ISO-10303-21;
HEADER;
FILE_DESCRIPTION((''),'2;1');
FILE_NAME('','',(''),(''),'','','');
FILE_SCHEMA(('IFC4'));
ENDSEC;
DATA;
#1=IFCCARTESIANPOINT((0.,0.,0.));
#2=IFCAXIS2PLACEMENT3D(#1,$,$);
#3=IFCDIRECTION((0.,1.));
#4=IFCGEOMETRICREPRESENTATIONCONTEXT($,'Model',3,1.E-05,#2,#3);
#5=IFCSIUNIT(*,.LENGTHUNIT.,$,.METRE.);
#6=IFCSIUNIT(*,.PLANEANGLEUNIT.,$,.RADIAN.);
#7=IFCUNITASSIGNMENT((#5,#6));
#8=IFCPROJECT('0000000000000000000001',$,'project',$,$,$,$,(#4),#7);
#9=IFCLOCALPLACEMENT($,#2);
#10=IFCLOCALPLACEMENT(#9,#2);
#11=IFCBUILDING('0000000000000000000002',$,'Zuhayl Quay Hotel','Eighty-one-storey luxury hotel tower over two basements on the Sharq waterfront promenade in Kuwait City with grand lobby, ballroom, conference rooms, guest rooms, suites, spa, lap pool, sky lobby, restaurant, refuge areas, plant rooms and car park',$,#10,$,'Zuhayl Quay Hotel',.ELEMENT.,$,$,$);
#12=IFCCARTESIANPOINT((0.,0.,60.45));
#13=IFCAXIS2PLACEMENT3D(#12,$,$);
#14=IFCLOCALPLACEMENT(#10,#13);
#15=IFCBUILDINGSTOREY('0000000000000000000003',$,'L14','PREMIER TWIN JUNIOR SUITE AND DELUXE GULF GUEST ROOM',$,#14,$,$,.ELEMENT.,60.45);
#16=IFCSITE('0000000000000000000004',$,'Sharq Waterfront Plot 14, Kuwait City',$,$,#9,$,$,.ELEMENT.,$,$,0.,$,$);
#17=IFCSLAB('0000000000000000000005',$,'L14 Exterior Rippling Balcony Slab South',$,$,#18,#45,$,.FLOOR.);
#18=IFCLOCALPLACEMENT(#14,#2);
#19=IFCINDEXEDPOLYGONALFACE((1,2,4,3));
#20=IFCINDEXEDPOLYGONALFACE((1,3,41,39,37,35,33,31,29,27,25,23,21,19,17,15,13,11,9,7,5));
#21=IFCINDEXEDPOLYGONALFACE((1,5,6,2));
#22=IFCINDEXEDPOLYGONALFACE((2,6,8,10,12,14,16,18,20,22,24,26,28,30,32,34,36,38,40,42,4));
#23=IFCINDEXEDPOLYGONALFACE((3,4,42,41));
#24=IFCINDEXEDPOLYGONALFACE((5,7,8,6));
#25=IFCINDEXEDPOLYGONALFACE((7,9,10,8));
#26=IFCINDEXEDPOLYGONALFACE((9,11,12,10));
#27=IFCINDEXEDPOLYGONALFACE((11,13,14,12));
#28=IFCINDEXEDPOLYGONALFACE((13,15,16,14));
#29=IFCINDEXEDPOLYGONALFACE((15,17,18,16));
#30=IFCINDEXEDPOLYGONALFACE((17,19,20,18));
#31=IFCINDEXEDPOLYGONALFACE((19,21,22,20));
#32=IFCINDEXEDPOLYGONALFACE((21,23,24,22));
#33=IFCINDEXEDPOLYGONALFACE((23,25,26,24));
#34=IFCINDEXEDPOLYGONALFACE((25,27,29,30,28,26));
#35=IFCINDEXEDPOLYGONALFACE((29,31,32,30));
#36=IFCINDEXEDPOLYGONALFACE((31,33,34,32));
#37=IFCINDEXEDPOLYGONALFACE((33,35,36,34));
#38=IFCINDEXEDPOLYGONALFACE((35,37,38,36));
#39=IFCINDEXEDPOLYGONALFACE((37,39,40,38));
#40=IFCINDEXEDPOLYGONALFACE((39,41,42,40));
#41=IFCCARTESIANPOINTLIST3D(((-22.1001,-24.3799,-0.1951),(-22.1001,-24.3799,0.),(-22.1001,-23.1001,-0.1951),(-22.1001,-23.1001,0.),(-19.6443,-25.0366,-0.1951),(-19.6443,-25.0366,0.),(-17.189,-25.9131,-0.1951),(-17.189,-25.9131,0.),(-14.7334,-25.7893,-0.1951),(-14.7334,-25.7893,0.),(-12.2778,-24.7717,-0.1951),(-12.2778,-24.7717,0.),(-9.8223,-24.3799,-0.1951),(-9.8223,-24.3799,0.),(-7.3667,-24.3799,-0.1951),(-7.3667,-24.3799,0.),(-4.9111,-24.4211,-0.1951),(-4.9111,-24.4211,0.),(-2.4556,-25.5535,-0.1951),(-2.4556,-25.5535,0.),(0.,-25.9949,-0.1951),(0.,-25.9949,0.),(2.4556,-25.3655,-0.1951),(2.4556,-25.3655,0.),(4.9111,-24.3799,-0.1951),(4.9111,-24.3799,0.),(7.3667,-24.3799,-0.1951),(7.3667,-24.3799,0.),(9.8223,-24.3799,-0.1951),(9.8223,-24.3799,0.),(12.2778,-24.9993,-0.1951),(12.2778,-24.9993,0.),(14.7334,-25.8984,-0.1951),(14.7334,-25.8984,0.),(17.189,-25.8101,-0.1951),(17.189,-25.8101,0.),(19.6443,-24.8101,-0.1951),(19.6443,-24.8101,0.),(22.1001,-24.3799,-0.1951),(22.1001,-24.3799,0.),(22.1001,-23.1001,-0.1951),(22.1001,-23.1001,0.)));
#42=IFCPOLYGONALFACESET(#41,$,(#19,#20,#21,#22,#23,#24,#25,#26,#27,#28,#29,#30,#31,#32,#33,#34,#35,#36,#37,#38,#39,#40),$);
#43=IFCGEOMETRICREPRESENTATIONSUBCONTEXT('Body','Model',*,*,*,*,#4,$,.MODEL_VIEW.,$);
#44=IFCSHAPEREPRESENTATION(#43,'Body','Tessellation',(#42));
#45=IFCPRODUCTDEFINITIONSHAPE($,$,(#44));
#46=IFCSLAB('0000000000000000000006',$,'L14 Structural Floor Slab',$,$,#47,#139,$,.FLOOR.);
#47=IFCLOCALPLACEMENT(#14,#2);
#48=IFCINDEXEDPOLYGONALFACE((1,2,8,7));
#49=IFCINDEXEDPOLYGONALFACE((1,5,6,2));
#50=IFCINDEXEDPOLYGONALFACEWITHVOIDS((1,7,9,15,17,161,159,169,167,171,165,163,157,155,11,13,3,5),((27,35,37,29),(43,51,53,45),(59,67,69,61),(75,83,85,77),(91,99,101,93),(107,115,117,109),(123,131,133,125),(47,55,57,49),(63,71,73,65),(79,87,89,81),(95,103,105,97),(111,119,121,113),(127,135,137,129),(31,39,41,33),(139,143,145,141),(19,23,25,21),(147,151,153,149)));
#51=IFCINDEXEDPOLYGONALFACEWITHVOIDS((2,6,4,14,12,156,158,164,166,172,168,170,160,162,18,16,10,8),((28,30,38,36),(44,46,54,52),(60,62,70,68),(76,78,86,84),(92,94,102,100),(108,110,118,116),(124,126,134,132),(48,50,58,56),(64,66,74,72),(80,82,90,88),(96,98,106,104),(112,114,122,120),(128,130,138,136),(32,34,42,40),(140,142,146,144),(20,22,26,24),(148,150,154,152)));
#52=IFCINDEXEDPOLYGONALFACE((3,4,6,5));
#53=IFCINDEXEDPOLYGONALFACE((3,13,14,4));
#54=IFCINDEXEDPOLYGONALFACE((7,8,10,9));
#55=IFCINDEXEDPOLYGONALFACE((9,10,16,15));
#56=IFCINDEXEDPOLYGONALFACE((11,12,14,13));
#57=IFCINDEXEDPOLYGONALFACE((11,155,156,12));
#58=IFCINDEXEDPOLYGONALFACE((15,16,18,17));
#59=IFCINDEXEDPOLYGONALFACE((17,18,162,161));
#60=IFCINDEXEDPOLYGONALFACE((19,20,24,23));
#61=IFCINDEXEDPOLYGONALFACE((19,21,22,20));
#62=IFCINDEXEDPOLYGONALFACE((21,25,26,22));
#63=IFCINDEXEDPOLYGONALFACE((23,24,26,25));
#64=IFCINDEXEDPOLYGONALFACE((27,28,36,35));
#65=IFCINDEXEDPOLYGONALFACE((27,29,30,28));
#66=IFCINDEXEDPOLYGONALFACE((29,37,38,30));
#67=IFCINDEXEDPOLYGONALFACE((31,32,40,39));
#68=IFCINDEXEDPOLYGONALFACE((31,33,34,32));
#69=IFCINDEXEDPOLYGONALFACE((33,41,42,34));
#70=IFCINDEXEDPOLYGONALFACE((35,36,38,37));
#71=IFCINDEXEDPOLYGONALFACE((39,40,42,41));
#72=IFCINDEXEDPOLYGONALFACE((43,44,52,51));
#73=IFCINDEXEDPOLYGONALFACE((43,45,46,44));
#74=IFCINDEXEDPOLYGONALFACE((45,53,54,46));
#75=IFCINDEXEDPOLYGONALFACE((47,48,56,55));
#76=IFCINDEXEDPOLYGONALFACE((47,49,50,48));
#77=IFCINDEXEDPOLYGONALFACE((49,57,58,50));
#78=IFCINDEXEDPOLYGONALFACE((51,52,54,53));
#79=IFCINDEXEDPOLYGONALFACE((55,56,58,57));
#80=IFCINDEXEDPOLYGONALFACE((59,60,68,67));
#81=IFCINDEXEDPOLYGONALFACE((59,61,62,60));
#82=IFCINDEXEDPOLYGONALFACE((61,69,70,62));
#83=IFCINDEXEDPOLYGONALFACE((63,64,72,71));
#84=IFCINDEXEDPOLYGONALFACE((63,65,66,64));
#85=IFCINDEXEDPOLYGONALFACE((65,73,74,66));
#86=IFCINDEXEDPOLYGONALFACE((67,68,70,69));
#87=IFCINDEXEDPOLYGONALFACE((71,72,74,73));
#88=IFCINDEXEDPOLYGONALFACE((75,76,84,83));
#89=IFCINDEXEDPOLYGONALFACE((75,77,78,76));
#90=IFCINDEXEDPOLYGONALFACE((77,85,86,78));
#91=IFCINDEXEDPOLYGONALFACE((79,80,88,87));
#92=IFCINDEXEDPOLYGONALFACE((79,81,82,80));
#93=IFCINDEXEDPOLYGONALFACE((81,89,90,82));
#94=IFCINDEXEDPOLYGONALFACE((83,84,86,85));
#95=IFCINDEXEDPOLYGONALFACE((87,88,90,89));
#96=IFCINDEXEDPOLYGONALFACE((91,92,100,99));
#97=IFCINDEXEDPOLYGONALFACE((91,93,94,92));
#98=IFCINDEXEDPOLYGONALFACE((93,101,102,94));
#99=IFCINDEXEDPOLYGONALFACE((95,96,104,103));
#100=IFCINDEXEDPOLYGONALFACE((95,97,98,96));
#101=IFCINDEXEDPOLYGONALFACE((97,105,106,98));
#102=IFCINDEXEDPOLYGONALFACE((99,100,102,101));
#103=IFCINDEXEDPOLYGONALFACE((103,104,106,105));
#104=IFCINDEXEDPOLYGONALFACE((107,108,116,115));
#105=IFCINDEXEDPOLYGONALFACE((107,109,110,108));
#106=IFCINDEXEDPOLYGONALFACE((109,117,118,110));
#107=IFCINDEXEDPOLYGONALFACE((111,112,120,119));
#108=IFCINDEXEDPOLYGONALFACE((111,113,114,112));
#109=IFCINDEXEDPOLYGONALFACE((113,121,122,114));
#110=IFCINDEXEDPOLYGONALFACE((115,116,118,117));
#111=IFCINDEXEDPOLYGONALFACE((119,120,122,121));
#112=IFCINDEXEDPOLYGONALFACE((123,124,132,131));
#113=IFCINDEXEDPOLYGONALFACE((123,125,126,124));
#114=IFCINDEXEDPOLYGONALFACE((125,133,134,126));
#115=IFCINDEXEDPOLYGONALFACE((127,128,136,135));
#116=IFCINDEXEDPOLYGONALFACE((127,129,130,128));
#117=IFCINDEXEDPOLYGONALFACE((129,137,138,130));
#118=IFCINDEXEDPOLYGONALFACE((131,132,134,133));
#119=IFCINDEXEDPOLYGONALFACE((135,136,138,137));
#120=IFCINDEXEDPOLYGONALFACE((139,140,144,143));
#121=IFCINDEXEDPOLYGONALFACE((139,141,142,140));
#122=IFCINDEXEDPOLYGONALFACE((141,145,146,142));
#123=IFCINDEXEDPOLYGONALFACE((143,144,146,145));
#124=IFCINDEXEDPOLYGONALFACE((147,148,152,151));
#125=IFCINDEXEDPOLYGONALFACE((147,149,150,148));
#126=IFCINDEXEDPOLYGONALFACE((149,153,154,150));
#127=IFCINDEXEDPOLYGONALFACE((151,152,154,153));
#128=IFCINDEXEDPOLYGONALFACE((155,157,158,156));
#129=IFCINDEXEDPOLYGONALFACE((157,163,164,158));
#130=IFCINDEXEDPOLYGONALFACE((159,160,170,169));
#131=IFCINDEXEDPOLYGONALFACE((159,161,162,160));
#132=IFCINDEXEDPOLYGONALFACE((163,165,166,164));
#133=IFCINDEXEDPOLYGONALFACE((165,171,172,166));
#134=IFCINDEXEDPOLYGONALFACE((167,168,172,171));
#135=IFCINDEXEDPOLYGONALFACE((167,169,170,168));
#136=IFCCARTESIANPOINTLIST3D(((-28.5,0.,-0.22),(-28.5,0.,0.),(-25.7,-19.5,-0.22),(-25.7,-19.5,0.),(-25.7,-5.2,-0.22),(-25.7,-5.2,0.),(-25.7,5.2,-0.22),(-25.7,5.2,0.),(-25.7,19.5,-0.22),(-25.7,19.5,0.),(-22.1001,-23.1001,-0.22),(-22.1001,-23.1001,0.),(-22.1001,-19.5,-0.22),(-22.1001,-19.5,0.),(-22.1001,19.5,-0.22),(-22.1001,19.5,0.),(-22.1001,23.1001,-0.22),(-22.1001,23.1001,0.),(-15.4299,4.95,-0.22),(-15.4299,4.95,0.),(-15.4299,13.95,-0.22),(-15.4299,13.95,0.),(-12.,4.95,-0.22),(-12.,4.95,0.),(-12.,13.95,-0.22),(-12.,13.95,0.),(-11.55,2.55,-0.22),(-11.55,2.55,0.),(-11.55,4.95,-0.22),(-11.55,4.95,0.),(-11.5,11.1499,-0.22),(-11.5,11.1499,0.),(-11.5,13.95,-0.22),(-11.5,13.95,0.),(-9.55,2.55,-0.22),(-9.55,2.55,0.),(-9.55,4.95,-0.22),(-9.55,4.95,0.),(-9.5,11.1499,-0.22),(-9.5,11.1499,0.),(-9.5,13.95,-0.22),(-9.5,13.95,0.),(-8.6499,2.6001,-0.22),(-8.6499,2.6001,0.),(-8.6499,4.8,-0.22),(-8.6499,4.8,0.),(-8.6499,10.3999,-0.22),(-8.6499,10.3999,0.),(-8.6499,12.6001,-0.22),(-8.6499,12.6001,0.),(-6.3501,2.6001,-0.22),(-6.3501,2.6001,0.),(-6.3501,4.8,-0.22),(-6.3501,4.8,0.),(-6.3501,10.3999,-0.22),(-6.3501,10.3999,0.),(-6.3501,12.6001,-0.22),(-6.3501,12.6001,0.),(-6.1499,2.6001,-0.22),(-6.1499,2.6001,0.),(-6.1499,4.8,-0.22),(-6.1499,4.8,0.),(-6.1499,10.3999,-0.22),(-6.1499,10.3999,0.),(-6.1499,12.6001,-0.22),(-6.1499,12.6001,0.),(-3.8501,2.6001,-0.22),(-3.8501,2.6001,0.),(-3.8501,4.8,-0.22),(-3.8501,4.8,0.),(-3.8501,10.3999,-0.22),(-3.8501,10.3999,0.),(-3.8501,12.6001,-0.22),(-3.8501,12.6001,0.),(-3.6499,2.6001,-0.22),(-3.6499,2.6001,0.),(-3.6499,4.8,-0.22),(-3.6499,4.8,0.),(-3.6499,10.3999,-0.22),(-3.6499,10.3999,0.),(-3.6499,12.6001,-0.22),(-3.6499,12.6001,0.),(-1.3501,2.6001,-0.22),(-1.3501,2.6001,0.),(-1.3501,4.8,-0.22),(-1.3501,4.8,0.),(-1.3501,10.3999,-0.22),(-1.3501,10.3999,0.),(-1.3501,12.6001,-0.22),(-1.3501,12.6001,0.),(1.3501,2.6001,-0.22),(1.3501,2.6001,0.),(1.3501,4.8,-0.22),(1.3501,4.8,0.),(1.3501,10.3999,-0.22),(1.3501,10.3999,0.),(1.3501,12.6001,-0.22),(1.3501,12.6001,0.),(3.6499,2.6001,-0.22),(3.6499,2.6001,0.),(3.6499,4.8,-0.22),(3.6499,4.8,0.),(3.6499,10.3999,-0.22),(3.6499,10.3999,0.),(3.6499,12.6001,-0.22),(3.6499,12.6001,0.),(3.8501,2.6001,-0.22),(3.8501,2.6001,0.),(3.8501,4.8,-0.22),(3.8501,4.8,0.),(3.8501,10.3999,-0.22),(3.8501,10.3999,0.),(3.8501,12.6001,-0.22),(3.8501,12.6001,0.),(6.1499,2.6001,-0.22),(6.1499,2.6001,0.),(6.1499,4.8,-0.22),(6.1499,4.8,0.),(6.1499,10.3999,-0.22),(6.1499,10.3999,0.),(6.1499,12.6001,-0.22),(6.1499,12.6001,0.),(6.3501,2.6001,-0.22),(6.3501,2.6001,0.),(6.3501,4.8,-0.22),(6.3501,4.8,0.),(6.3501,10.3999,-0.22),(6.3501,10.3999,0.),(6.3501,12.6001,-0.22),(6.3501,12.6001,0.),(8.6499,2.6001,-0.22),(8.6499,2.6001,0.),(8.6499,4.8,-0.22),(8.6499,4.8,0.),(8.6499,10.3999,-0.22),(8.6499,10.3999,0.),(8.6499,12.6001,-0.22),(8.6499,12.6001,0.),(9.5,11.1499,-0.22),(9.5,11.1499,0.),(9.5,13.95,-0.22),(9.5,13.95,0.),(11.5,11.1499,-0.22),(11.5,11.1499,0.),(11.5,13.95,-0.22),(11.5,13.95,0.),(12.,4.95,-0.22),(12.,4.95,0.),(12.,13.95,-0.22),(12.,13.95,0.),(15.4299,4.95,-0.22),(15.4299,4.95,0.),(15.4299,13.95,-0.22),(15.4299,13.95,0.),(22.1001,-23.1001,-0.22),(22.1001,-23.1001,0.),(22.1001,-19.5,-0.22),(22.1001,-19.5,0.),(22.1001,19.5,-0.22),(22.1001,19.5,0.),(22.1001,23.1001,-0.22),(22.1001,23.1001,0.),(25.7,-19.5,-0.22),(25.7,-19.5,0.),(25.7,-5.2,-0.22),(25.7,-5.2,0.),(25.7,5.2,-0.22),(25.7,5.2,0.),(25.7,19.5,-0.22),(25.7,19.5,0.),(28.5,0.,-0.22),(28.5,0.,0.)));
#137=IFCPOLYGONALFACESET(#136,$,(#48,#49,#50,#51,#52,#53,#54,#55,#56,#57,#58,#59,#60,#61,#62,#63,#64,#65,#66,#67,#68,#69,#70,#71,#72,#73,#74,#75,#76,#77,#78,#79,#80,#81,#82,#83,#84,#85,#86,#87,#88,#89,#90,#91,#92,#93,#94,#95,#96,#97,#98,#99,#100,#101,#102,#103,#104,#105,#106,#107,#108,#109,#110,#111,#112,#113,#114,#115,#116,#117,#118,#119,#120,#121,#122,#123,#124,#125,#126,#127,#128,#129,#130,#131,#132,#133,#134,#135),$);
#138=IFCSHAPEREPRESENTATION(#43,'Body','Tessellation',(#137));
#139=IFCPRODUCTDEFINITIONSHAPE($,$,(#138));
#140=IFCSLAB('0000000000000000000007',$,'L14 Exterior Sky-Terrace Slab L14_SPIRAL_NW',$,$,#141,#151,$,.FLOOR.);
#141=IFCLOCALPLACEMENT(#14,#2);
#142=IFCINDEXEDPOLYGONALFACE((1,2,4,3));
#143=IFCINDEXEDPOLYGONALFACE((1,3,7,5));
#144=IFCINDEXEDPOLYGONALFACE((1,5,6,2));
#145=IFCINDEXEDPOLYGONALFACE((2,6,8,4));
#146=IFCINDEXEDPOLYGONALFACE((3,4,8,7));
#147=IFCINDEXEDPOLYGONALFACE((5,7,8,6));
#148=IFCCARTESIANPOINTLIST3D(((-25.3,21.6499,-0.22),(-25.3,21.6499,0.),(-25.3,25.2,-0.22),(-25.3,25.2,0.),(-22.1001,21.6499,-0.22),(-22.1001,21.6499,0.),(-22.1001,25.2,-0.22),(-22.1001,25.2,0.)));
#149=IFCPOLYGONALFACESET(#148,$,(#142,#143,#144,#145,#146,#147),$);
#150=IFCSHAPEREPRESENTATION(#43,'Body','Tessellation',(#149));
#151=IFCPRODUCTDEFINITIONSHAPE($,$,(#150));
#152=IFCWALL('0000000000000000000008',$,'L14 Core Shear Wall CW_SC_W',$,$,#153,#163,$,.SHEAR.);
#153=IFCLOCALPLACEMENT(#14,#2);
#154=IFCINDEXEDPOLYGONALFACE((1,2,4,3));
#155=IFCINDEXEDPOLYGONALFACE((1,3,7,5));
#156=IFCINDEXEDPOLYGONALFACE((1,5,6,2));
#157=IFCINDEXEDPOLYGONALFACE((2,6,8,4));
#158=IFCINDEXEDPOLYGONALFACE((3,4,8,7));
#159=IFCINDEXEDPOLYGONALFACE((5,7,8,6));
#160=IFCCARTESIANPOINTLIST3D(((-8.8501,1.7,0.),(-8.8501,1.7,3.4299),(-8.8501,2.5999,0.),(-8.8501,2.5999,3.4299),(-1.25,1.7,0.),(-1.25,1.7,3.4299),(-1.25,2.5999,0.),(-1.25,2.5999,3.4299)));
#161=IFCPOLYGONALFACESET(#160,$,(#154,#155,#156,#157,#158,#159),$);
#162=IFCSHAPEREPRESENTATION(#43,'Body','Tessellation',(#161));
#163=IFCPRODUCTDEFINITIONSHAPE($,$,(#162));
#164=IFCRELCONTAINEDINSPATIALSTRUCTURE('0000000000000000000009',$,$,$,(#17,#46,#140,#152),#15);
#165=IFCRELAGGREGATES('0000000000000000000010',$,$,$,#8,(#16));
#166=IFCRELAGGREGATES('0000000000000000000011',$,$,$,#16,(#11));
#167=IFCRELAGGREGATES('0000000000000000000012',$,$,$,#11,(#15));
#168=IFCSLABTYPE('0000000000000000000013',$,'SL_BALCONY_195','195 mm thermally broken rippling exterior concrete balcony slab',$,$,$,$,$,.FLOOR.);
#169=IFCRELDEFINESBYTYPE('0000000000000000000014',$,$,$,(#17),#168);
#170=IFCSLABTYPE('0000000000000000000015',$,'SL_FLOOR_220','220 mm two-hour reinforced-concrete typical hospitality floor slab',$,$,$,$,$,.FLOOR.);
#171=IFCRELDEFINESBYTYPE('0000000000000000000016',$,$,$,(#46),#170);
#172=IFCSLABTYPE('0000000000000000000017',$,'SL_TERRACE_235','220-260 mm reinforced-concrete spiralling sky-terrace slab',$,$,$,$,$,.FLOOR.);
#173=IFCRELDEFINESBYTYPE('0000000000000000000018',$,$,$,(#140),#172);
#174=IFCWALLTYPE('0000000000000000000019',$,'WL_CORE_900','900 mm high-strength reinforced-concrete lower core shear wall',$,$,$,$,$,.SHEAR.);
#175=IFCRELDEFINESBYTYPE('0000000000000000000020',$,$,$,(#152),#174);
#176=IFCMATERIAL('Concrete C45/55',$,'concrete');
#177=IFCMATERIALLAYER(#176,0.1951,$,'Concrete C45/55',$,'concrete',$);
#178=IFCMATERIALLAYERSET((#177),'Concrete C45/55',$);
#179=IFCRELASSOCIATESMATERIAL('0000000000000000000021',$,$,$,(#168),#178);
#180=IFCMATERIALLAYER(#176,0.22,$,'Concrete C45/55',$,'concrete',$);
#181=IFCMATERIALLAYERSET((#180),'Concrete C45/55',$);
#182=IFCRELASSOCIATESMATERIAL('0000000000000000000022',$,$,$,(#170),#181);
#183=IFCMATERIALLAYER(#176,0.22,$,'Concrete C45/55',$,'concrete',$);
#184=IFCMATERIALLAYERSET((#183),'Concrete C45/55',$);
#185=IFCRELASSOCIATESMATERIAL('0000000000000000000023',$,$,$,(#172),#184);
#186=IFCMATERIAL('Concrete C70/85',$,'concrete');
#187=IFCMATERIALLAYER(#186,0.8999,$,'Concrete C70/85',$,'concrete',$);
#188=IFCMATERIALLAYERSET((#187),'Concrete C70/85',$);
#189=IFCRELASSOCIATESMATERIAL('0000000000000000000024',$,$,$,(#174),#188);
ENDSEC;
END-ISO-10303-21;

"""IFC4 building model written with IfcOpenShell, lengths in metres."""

from ifc_helpers import new_model, si_unit, direction, frame, frame_2d, origin, place, context, subcontext, project, spatial, polyline, rectangle, outline, extrude, material, layer, layer_set, type_object, element, save


model = new_model("IFC4")

# Units and contexts
model_context = context("Model", 3, precision=1e-05, world=origin(), true_north=direction((0.0, 1.0)))
body_context = subcontext(model_context, "Body", "Model", "MODEL_VIEW")
ifc_project = project(units=[si_unit("LENGTHUNIT", "METRE"), si_unit("PLANEANGLEUNIT", "RADIAN")], contexts=[model_context])

# Site, building, storey
site_placement = place(None, origin())
site = spatial("IfcSite", under=ifc_project, at=site_placement, Name="Sharq Waterfront Plot 14, Kuwait City", CompositionType="ELEMENT", RefElevation=0.0)
building_placement = place(site_placement, origin())
building = spatial("IfcBuilding", under=site, at=building_placement, Name="Zuhayl Quay Hotel", Description="Eighty-one-storey luxury hotel tower over two basements on the Sharq waterfront promenade in Kuwait City with grand lobby, ballroom, conference rooms, guest rooms, suites, spa, lap pool, sky lobby, restaurant, refuge areas, plant rooms and car park", LongName="Zuhayl Quay Hotel", CompositionType="ELEMENT")
storey_placement = place(building_placement, frame((0.0, 0.0, 60.45)))
storey = spatial("IfcBuildingStorey", under=building, at=storey_placement, Name="L14", Description="PREMIER TWIN JUNIOR SUITE AND DELUXE GULF GUEST ROOM", CompositionType="ELEMENT", Elevation=60.45)

# Shared definitions
ifc_material_1 = material(Name="Concrete C70/85", Category="concrete")

# Slabs
ifc_material_2 = material(Name="Concrete C45/55", Category="concrete")
ifc_layer_1 = layer(ifc_material_2, 0.1951, Name="Concrete C45/55", Category="concrete")
ifc_layer_set_1 = layer_set([ifc_layer_1], Name="Concrete C45/55")
slab_type_1 = type_object("IfcSlabType", Name="SL_BALCONY_195", Description="195 mm thermally broken rippling exterior concrete balcony slab", PredefinedType="FLOOR", material=ifc_layer_set_1)
slab_1_placement = place(storey_placement, frame((0.0, 0.0, -0.1951)))
element("IfcSlab", 1, at=slab_1_placement, inside=storey, type_object=slab_type_1, Name="L14 Exterior Rippling Balcony Slab South", PredefinedType="FLOOR", context=body_context, shape_type="SweptSolid", body=[
    extrude(outline(polyline([(-22.1001, -24.3799), (-19.6443, -25.0366), (-17.189, -25.9131), (-14.7334, -25.7893), (-12.2778, -24.7717), (-9.8223, -24.3799), (-7.3667, -24.3799), (-4.9111, -24.4211), (-2.4556, -25.5535), (0.0, -25.9949), (2.4556, -25.3655), (4.9111, -24.3799), (7.3667, -24.3799), (9.8223, -24.3799), (12.2778, -24.9993), (14.7334, -25.8984), (17.189, -25.8101), (19.6443, -24.8101), (22.1001, -24.3799), (22.1001, -23.1001), (-22.1001, -23.1001), (-22.1001, -24.3799)])), origin(), (0.0, 0.0, 1.0), 0.1951),
])
ifc_layer_2 = layer(ifc_material_2, 0.22, Name="Concrete C45/55", Category="concrete")
ifc_layer_set_2 = layer_set([ifc_layer_2], Name="Concrete C45/55")
slab_type_2 = type_object("IfcSlabType", Name="SL_FLOOR_220", Description="220 mm two-hour reinforced-concrete typical hospitality floor slab", PredefinedType="FLOOR", material=ifc_layer_set_2)
slab_2_placement = place(storey_placement, frame((0.0, 0.0, -0.22)))
element("IfcSlab", 2, at=slab_2_placement, inside=storey, type_object=slab_type_2, Name="L14 Structural Floor Slab", PredefinedType="FLOOR", context=body_context, shape_type="SweptSolid", body=[
    extrude(outline(polyline([(-22.1001, -23.1001), (22.1001, -23.1001), (22.1001, -19.5), (25.7, -19.5), (25.7, -5.2), (28.5, 0.0), (25.7, 5.2), (25.7, 19.5), (22.1001, 19.5), (22.1001, 23.1001), (-22.1001, 23.1001), (-22.1001, 19.5), (-25.7, 19.5), (-25.7, 5.2), (-28.5, 0.0), (-25.7, -5.2), (-25.7, -19.5), (-22.1001, -19.5), (-22.1001, -23.1001)]), holes=[polyline([(-12.0, 4.95), (-12.0, 13.95), (-15.4299, 13.95), (-15.4299, 4.95), (-12.0, 4.95)]), polyline([(15.4299, 4.95), (15.4299, 13.95), (12.0, 13.95), (12.0, 4.95), (15.4299, 4.95)]), polyline([(-11.5, 11.1499), (-9.5, 11.1499), (-9.5, 13.95), (-11.5, 13.95), (-11.5, 11.1499)]), polyline([(9.5, 11.1499), (11.5, 11.1499), (11.5, 13.95), (9.5, 13.95), (9.5, 11.1499)]), polyline([(-8.6499, 2.6001), (-6.3501, 2.6001), (-6.3501, 4.8), (-8.6499, 4.8), (-8.6499, 2.6001)]), polyline([(-6.1499, 2.6001), (-3.8501, 2.6001), (-3.8501, 4.8), (-6.1499, 4.8), (-6.1499, 2.6001)]), polyline([(-8.6499, 10.3999), (-6.3501, 10.3999), (-6.3501, 12.6001), (-8.6499, 12.6001), (-8.6499, 10.3999)]), polyline([(-6.1499, 10.3999), (-3.8501, 10.3999), (-3.8501, 12.6001), (-6.1499, 12.6001), (-6.1499, 10.3999)]), polyline([(-3.6499, 2.6001), (-1.3501, 2.6001), (-1.3501, 4.8), (-3.6499, 4.8), (-3.6499, 2.6001)]), polyline([(1.3501, 2.6001), (3.6499, 2.6001), (3.6499, 4.8), (1.3501, 4.8), (1.3501, 2.6001)]), polyline([(-3.6499, 10.3999), (-1.3501, 10.3999), (-1.3501, 12.6001), (-3.6499, 12.6001), (-3.6499, 10.3999)]), polyline([(1.3501, 10.3999), (3.6499, 10.3999), (3.6499, 12.6001), (1.3501, 12.6001), (1.3501, 10.3999)]), polyline([(3.8501, 2.6001), (6.1499, 2.6001), (6.1499, 4.8), (3.8501, 4.8), (3.8501, 2.6001)]), polyline([(6.3501, 2.6001), (8.6499, 2.6001), (8.6499, 4.8), (6.3501, 4.8), (6.3501, 2.6001)]), polyline([(3.8501, 10.3999), (6.1499, 10.3999), (6.1499, 12.6001), (3.8501, 12.6001), (3.8501, 10.3999)]), polyline([(6.3501, 10.3999), (8.6499, 10.3999), (8.6499, 12.6001), (6.3501, 12.6001), (6.3501, 10.3999)]), polyline([(-11.55, 2.55), (-9.55, 2.55), (-9.55, 4.95), (-11.55, 4.95), (-11.55, 2.55)])]), origin(), (0.0, 0.0, 1.0), 0.22),
])
ifc_layer_3 = layer(ifc_material_2, 0.22, Name="Concrete C45/55", Category="concrete")
ifc_layer_set_3 = layer_set([ifc_layer_3], Name="Concrete C45/55")
slab_type_3 = type_object("IfcSlabType", Name="SL_TERRACE_235", Description="220-260 mm reinforced-concrete spiralling sky-terrace slab", PredefinedType="FLOOR", material=ifc_layer_set_3)
slab_3_placement = place(storey_placement, frame((0.0, 0.0, -0.22)))
element("IfcSlab", 3, at=slab_3_placement, inside=storey, type_object=slab_type_3, Name="L14 Exterior Sky-Terrace Slab L14_SPIRAL_NW", PredefinedType="FLOOR", context=body_context, shape_type="SweptSolid", body=[
    extrude(outline(polyline([(-25.3, 21.6499), (-22.1001, 21.6499), (-22.1001, 25.2), (-25.3, 25.2), (-25.3, 21.6499)])), origin(), (0.0, 0.0, 1.0), 0.22),
])

# Wall
ifc_layer_4 = layer(ifc_material_1, 0.8999, Name="Concrete C70/85", Category="concrete")
ifc_layer_set_4 = layer_set([ifc_layer_4], Name="Concrete C70/85")
wall_type_1 = type_object("IfcWallType", Name="WL_CORE_900", Description="900 mm high-strength reinforced-concrete lower core shear wall", PredefinedType="SHEAR", material=ifc_layer_set_4)
wall_1_placement = place(storey_placement, frame((-8.8501, 2.1499, 0.0), z_axis=(0.0, 0.0, 1.0), x_axis=(1.0, 0.0, 0.0)))
element("IfcWall", 4, at=wall_1_placement, inside=storey, type_object=wall_type_1, Name="L14 Core Shear Wall CW_SC_W", PredefinedType="SHEAR", context=body_context, shape_type="SweptSolid", body=[
    extrude(rectangle(XDim=7.6001, YDim=0.8999, at=frame_2d((3.8, 0.0))), origin(), (0.0, 0.0, 1.0), 3.4299),
])

save(model, "model.ifc")
